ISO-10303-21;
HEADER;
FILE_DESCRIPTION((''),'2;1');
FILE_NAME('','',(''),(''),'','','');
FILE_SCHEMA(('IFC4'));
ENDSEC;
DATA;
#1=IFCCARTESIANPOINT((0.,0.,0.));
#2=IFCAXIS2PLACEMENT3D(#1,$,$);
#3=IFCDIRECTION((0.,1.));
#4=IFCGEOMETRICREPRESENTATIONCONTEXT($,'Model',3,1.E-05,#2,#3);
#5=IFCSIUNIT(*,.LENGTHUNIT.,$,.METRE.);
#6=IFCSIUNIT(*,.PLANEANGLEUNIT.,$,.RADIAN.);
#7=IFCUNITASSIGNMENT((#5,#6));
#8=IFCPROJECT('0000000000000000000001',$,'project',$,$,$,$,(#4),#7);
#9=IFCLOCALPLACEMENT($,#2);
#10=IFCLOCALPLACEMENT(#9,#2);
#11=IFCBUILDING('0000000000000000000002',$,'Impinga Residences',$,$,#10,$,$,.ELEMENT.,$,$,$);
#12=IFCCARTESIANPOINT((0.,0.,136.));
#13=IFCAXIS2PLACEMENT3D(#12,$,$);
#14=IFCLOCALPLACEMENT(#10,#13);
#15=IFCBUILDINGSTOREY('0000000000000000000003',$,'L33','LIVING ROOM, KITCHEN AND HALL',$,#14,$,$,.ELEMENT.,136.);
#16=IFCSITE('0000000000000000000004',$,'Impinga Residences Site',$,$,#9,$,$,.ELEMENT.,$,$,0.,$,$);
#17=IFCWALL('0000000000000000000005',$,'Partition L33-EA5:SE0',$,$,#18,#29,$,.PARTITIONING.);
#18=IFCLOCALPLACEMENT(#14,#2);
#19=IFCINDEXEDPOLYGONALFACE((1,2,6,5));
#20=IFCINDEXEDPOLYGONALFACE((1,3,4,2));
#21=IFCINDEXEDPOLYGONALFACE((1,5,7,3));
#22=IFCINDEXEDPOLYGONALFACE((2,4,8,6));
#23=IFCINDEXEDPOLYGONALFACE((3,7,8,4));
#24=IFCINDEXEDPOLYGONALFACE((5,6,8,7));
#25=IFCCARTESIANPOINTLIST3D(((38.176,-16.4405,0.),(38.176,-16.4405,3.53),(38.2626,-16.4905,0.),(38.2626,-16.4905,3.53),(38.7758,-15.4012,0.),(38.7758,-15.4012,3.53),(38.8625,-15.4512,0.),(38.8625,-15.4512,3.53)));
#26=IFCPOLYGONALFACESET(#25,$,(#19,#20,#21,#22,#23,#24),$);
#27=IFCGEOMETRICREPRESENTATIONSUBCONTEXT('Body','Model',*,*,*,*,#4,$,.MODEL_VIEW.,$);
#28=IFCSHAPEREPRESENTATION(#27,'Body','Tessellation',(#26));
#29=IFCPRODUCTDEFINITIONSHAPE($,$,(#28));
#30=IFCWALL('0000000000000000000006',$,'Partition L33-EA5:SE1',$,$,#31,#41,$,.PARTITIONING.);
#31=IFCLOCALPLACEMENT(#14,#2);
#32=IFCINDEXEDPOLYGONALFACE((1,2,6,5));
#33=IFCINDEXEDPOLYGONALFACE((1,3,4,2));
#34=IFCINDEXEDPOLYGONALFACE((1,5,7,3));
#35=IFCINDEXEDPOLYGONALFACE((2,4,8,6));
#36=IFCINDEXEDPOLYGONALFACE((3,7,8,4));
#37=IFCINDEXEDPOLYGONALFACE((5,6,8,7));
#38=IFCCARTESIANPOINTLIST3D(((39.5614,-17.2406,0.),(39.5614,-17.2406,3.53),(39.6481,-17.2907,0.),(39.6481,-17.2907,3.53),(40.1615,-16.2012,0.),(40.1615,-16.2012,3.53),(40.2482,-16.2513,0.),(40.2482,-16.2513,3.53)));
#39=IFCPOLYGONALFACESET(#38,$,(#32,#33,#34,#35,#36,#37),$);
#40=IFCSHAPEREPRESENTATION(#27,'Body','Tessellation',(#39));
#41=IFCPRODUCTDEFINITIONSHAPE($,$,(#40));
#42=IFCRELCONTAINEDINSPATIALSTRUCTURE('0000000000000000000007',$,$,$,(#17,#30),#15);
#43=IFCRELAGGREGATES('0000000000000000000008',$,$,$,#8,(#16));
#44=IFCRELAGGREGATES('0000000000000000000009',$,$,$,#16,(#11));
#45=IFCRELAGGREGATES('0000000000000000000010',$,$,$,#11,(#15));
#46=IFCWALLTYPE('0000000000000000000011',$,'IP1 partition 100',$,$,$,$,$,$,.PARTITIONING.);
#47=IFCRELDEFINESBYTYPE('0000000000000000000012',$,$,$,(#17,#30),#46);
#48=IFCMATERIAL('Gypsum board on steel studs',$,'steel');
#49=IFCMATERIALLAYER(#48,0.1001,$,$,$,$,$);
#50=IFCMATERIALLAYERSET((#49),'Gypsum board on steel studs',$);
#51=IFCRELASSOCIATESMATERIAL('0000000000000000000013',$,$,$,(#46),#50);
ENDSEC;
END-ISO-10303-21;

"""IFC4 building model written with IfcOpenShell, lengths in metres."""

from ifc_helpers import new_model, si_unit, direction, frame, frame_2d, origin, place, context, subcontext, project, spatial, rectangle, extrude, material, layer, layer_set, type_object, element, save


model = new_model("IFC4")

# Units and contexts
model_context = context("Model", 3, precision=1e-05, world=origin(), true_north=direction((0.0, 1.0)))
body_context = subcontext(model_context, "Body", "Model", "MODEL_VIEW")
ifc_project = project(units=[si_unit("LENGTHUNIT", "METRE"), si_unit("PLANEANGLEUNIT", "RADIAN")], contexts=[model_context])

# Site, building, storey
site_placement = place(None, origin())
site = spatial("IfcSite", under=ifc_project, at=site_placement, Name="Impinga Residences Site", CompositionType="ELEMENT", RefElevation=0.0)
building_placement = place(site_placement, origin())
building = spatial("IfcBuilding", under=site, at=building_placement, Name="Impinga Residences", CompositionType="ELEMENT")
storey_placement = place(building_placement, frame((0.0, 0.0, 136.0)))
storey = spatial("IfcBuildingStorey", under=building, at=storey_placement, Name="L33", Description="LIVING ROOM, KITCHEN AND HALL", CompositionType="ELEMENT", Elevation=136.0)

# Shared definitions
ifc_material_1 = material(Name="Gypsum board on steel studs", Category="steel")
ifc_layer_1 = layer(ifc_material_1, 0.1001)
ifc_layer_set_1 = layer_set([ifc_layer_1], Name="Gypsum board on steel studs")
wall_type_1 = type_object("IfcWallType", Name="IP1 partition 100", PredefinedType="PARTITIONING", material=ifc_layer_set_1)

# Walls
wall_1_placement = place(storey_placement, frame((38.2192, -16.4656, 0.0), z_axis=(0.0, 0.0, 1.0), x_axis=(0.499881, 0.866094, 0.0)))
element("IfcWall", 1, at=wall_1_placement, inside=storey, type_object=wall_type_1, Name="Partition L33-EA5:SE0", PredefinedType="PARTITIONING", context=body_context, shape_type="SweptSolid", body=[
    extrude(rectangle(XDim=1.2, YDim=0.1001, at=frame_2d((0.6001, 0.0))), origin(), (0.0, 0.0, 1.0), 3.53),
])
wall_2_placement = place(storey_placement, frame((39.6047, -17.2656, 0.0), z_axis=(0.0, 0.0, 1.0), x_axis=(0.500034, 0.866006, 0.0)))
element("IfcWall", 2, at=wall_2_placement, inside=storey, type_object=wall_type_1, Name="Partition L33-EA5:SE1", PredefinedType="PARTITIONING", context=body_context, shape_type="SweptSolid", body=[
    extrude(rectangle(XDim=1.2002, YDim=0.1001, at=frame_2d((0.6001, 0.0))), origin(), (0.0, 0.0, 1.0), 3.53),
])

save(model, "model.ifc")
